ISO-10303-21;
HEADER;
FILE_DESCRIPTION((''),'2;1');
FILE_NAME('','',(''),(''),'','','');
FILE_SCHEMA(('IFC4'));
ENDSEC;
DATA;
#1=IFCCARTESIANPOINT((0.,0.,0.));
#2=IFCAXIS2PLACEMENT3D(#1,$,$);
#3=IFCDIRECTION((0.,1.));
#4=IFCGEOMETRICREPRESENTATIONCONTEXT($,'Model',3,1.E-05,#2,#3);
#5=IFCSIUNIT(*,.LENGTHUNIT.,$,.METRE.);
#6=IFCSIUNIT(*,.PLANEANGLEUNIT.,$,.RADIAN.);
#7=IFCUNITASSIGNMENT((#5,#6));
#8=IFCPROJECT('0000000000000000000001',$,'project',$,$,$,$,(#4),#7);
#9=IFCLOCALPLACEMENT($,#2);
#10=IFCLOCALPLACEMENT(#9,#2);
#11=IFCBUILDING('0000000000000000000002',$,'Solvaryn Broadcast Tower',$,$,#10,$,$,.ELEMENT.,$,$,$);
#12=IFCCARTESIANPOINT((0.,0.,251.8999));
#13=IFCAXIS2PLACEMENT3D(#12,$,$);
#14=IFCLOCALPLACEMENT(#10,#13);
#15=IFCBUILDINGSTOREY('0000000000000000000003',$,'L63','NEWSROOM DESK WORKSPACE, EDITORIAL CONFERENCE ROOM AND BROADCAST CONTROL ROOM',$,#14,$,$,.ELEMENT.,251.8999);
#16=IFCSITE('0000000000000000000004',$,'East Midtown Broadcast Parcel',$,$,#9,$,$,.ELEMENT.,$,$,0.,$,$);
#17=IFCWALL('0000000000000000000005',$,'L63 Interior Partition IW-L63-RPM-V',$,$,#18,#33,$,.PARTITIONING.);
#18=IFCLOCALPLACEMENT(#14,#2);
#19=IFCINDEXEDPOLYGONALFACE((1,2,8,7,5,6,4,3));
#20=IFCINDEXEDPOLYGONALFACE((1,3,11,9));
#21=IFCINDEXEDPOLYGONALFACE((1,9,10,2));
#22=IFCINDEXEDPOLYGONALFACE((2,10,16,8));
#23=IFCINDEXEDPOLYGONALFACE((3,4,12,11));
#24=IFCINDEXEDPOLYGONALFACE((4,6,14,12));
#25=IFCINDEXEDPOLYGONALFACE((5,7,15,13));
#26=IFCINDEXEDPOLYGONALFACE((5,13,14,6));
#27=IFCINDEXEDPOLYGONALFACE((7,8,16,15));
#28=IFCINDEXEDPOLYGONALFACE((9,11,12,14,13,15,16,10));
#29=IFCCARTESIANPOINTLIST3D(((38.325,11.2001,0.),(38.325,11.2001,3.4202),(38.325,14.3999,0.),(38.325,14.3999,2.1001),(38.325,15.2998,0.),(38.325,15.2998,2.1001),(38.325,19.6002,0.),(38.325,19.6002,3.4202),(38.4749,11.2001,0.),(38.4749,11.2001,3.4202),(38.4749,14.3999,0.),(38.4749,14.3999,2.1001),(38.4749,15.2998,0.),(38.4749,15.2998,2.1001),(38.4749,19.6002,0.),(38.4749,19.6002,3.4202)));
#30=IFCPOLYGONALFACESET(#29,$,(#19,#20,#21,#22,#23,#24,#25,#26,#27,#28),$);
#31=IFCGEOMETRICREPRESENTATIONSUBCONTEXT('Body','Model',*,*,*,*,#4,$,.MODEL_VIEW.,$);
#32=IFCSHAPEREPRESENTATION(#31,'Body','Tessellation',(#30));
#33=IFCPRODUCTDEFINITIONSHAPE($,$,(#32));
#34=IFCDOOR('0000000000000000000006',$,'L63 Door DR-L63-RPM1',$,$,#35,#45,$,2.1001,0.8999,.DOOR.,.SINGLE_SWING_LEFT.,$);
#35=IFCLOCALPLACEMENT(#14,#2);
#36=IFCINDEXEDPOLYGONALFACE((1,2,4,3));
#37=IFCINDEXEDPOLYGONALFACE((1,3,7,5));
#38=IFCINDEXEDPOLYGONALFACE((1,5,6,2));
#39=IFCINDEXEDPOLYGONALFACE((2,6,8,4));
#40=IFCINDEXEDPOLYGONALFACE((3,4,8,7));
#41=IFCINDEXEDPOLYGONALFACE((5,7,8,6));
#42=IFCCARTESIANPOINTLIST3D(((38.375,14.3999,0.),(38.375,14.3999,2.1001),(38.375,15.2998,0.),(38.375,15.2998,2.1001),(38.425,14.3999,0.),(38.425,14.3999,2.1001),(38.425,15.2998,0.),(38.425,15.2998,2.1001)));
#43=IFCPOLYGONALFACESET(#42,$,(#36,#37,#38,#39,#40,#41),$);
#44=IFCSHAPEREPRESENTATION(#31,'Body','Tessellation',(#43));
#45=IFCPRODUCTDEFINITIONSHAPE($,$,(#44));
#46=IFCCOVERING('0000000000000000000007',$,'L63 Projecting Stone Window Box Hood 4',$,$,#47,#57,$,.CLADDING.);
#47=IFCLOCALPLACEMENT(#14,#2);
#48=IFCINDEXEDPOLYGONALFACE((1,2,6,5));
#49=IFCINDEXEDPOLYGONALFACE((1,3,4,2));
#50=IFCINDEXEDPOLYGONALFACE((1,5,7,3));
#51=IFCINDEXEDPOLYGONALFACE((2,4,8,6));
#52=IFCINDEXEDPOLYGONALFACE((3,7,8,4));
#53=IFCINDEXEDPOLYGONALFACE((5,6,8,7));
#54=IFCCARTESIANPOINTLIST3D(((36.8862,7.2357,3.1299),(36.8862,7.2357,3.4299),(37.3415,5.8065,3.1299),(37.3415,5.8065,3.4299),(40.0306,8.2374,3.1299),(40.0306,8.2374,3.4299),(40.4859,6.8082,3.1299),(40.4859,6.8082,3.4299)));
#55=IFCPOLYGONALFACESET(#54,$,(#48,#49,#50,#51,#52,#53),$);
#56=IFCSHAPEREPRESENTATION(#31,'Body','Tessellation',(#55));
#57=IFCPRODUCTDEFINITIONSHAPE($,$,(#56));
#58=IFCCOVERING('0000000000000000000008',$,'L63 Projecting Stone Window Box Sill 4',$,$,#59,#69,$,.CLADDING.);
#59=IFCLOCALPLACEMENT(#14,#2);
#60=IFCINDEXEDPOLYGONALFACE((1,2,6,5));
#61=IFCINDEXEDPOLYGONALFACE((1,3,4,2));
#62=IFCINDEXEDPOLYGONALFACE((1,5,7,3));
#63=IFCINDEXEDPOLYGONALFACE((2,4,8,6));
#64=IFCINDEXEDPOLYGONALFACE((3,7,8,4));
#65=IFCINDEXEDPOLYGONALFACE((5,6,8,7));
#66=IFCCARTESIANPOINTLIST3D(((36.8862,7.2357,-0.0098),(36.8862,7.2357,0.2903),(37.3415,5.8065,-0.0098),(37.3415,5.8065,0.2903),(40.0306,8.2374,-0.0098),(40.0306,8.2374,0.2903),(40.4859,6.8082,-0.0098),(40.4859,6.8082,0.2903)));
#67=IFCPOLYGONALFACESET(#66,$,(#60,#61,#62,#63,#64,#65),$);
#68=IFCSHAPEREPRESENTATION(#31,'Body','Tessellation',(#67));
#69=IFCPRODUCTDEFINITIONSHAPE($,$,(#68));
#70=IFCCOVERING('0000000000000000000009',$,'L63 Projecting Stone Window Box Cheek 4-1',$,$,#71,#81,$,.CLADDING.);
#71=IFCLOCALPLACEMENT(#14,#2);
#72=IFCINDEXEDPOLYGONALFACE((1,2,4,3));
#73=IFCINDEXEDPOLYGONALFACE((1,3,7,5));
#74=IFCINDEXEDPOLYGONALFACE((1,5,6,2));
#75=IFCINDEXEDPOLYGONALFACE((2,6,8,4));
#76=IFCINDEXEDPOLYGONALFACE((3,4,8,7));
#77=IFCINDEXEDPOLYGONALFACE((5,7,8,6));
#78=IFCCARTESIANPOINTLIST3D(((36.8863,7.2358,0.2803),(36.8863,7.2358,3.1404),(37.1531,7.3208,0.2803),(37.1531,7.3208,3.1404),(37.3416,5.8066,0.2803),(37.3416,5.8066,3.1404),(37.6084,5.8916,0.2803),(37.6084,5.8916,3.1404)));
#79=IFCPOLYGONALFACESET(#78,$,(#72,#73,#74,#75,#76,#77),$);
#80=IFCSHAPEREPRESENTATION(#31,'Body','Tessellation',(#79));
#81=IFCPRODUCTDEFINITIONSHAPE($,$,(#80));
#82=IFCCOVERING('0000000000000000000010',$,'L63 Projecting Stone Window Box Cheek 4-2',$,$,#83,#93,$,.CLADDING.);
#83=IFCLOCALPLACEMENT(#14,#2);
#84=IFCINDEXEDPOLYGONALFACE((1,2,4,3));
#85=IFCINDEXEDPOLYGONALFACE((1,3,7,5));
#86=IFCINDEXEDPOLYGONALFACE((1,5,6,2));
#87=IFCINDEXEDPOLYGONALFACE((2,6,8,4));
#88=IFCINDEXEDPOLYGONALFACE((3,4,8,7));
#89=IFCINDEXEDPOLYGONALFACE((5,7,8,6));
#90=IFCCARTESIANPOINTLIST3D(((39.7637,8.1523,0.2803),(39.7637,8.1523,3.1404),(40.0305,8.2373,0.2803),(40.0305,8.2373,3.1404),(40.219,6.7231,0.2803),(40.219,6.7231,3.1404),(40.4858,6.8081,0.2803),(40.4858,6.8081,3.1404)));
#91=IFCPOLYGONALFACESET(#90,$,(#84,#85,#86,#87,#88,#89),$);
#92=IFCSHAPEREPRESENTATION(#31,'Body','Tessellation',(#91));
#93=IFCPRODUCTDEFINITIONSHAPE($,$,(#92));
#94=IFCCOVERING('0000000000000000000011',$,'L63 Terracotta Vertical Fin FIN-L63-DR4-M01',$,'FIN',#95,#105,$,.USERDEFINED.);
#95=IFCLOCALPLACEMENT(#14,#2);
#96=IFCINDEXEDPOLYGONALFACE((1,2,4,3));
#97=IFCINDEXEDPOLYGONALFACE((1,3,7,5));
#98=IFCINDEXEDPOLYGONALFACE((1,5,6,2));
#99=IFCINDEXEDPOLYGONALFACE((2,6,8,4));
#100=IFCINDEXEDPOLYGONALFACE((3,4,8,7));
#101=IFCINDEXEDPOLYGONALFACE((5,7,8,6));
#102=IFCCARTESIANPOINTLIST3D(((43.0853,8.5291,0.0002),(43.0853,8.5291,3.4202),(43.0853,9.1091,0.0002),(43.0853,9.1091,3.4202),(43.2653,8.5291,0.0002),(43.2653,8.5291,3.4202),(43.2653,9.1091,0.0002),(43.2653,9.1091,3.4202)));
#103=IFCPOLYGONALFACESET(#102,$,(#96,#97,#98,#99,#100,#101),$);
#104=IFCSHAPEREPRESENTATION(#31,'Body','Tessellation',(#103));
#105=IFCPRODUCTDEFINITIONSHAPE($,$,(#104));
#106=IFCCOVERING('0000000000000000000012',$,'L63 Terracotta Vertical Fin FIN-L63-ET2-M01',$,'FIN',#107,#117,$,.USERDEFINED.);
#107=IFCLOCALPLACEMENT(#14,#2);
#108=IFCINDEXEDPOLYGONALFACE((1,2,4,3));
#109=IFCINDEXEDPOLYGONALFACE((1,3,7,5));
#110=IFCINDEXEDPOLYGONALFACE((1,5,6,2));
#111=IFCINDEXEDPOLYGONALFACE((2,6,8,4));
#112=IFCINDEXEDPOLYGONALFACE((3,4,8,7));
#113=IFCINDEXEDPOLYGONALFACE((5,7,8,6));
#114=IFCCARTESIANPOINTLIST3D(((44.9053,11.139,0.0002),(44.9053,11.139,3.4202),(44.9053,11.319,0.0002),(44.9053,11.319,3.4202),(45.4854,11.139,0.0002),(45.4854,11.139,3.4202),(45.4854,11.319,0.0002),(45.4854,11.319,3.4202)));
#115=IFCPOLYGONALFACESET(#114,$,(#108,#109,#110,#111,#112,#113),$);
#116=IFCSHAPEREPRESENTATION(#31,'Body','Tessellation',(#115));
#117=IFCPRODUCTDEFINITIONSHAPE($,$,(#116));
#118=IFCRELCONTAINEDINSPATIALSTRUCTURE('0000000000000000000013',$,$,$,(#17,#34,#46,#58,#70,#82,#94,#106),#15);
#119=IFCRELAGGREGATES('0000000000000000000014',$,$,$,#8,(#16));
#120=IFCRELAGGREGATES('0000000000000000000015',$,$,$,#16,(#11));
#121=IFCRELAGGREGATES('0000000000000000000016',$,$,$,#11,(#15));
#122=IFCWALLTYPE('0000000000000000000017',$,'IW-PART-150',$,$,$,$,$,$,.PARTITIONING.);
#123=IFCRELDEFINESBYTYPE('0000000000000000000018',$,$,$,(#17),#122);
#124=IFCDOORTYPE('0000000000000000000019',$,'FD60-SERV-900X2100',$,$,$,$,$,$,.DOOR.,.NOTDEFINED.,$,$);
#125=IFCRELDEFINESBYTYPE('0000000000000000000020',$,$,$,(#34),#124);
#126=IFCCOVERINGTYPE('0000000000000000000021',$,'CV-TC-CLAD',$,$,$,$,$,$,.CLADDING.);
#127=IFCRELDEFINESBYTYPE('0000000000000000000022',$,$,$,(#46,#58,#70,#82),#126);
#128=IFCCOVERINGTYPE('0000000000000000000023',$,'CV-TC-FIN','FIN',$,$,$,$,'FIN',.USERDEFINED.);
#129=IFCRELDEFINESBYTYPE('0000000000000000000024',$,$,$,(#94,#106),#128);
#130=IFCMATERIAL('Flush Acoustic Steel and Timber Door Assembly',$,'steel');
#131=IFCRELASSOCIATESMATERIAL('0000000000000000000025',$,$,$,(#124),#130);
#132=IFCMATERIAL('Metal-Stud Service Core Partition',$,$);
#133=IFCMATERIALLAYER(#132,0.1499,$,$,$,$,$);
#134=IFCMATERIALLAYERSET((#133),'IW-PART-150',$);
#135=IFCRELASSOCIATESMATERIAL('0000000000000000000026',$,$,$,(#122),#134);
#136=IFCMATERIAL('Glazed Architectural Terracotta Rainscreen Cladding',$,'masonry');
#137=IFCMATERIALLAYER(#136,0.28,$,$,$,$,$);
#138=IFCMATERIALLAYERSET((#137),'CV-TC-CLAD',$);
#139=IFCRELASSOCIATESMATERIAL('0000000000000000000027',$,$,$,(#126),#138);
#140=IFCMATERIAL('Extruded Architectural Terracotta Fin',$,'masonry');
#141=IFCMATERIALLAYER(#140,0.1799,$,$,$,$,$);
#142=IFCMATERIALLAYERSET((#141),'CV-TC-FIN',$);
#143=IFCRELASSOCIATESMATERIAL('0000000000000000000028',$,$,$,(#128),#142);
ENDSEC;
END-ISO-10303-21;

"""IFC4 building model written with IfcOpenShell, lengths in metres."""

from ifc_helpers import new_model, si_unit, direction, frame, frame_2d, origin, origin_2d, place, context, subcontext, project, spatial, rectangle, extrude, material, layer, layer_set, type_object, element, fill, save


model = new_model("IFC4")

# Units and contexts
model_context = context("Model", 3, precision=1e-05, world=origin(), true_north=direction((0.0, 1.0)))
body_context = subcontext(model_context, "Body", "Model", "MODEL_VIEW")
ifc_project = project(units=[si_unit("LENGTHUNIT", "METRE"), si_unit("PLANEANGLEUNIT", "RADIAN")], contexts=[model_context])

# Site, building, storey
site_placement = place(None, origin())
site = spatial("IfcSite", under=ifc_project, at=site_placement, Name="East Midtown Broadcast Parcel", CompositionType="ELEMENT", RefElevation=0.0)
building_placement = place(site_placement, origin())
building = spatial("IfcBuilding", under=site, at=building_placement, Name="Solvaryn Broadcast Tower", CompositionType="ELEMENT")
storey_placement = place(building_placement, frame((0.0, 0.0, 251.8999)))
storey = spatial("IfcBuildingStorey", under=building, at=storey_placement, Name="L63", Description="NEWSROOM DESK WORKSPACE, EDITORIAL CONFERENCE ROOM AND BROADCAST CONTROL ROOM", CompositionType="ELEMENT", Elevation=251.8999)

# Shared definitions
ifc_material_1 = material(Name="Flush Acoustic Steel and Timber Door Assembly", Category="steel")
door_type = type_object("IfcDoorType", Name="FD60-SERV-900X2100", OperationType="NOTDEFINED", PredefinedType="DOOR", material=ifc_material_1)

# Wall, opening, door
ifc_material_2 = material(Name="Metal-Stud Service Core Partition")
ifc_layer_1 = layer(ifc_material_2, 0.1499)
ifc_layer_set_1 = layer_set([ifc_layer_1], Name="IW-PART-150")
wall_type_1 = type_object("IfcWallType", Name="IW-PART-150", PredefinedType="PARTITIONING", material=ifc_layer_set_1)
wall_1_placement = place(storey_placement, frame((38.3999, 11.2, 0.0), z_axis=(0.0, 0.0, 1.0), x_axis=(0.0, 1.0, 0.0)))
wall_1 = element("IfcWall", 1, at=wall_1_placement, inside=storey, type_object=wall_type_1, Name="L63 Interior Partition IW-L63-RPM-V", PredefinedType="PARTITIONING", context=body_context, shape_type="SweptSolid", body=[
    extrude(rectangle(XDim=8.4001, YDim=0.1499, at=frame_2d((4.2002, 0.0))), origin(), (0.0, 0.0, 1.0), 3.4202),
])
opening_1_placement = place(wall_1_placement, frame((3.2, 0.0, 0.0)))
opening_1 = element("IfcOpeningElement", 2, at=opening_1_placement, cuts=wall_1, PredefinedType="OPENING", context=body_context, shape_type="SweptSolid", body=[
    extrude(rectangle(XDim=0.8999, YDim=2.1001, at=frame_2d((0.45, 1.05))), frame((0.0, 0.085, 0.0), z_axis=(0.0, -1.0, 0.0), x_axis=(1.0, 0.0, 0.0)), (0.0, 0.0, 1.0), 0.1699),
])
door_1_placement = place(opening_1_placement, origin())
door_1 = element("IfcDoor", 3, at=door_1_placement, inside=storey, type_object=door_type, Name="L63 Door DR-L63-RPM1", OperationType="SINGLE_SWING_LEFT", OverallHeight=2.1001, OverallWidth=0.8999, PredefinedType="DOOR", context=body_context, shape_type="SweptSolid", body=[
    extrude(rectangle(XDim=0.8999, YDim=2.1001, at=frame_2d((0.45, 1.05))), frame((0.0, 0.0249, 0.0), z_axis=(0.0, -1.0, 0.0), x_axis=(1.0, 0.0, 0.0)), (0.0, 0.0, 1.0), 0.05),
])
fill(opening_1, door_1)

# Coverings
ifc_material_3 = material(Name="Glazed Architectural Terracotta Rainscreen Cladding", Category="masonry")
ifc_layer_2 = layer(ifc_material_3, 0.28)
ifc_layer_set_2 = layer_set([ifc_layer_2], Name="CV-TC-CLAD")
covering_type_1 = type_object("IfcCoveringType", Name="CV-TC-CLAD", PredefinedType="CLADDING", material=ifc_layer_set_2)
for number, where, z_axis, x_axis, name in (
    (4, (38.686, 7.022, 3.1299), (0.0, 0.0, 1.0), (0.952821, 0.303534, 0.0), "L63 Projecting Stone Window Box Hood 4"),
    (5, (38.686, 7.022, -0.0098), (0.0, 0.0, 1.0), (0.952821, 0.303534, 0.0), "L63 Projecting Stone Window Box Sill 4"),
):
    element("IfcCovering", number, at=place(storey_placement, frame(where, z_axis=z_axis, x_axis=x_axis)), inside=storey, type_object=covering_type_1, Name=name, PredefinedType="CLADDING", context=body_context, shape_type="SweptSolid", body=[
        extrude(rectangle(XDim=3.3, YDim=1.5, at=origin_2d()), origin(), (0.0, 0.0, 1.0), 0.3),
    ])
for number, where, z_axis, x_axis, name in (
    (6, (37.2473, 6.5637, 0.2803), (0.0, 0.0, 1.0), (0.952821, 0.303534, 0.0), "L63 Projecting Stone Window Box Cheek 4-1"),
    (7, (40.1248, 7.4802, 0.2803), (0.0, 0.0, 1.0), (0.952821, 0.303534, 0.0), "L63 Projecting Stone Window Box Cheek 4-2"),
):
    element("IfcCovering", number, at=place(storey_placement, frame(where, z_axis=z_axis, x_axis=x_axis)), inside=storey, type_object=covering_type_1, Name=name, PredefinedType="CLADDING", context=body_context, shape_type="SweptSolid", body=[
        extrude(rectangle(XDim=0.28, YDim=1.5, at=origin_2d()), origin(), (0.0, 0.0, 1.0), 2.8601),
    ])
ifc_material_4 = material(Name="Extruded Architectural Terracotta Fin", Category="masonry")
ifc_layer_3 = layer(ifc_material_4, 0.1799)
ifc_layer_set_3 = layer_set([ifc_layer_3], Name="CV-TC-FIN")
covering_type_2 = type_object("IfcCoveringType", Name="CV-TC-FIN", Description="FIN", ElementType="FIN", PredefinedType="USERDEFINED", material=ifc_layer_set_3)
covering_1_placement = place(storey_placement, frame((43.1753, 8.8191, 0.0002), z_axis=(0.0, 0.0, 1.0), x_axis=(1.0, 0.0, 0.0)))
element("IfcCovering", 8, at=covering_1_placement, inside=storey, type_object=covering_type_2, Name="L63 Terracotta Vertical Fin FIN-L63-DR4-M01", ObjectType="FIN", PredefinedType="USERDEFINED", context=body_context, shape_type="SweptSolid", body=[
    extrude(rectangle(XDim=0.1799, YDim=0.5801, at=origin_2d()), origin(), (0.0, 0.0, 1.0), 3.4199),
])
covering_2_placement = place(storey_placement, frame((45.1953, 11.229, 0.0002), z_axis=(0.0, 0.0, 1.0), x_axis=(1.0, 0.0, 0.0)))
element("IfcCovering", 9, at=covering_2_placement, inside=storey, type_object=covering_type_2, Name="L63 Terracotta Vertical Fin FIN-L63-ET2-M01", ObjectType="FIN", PredefinedType="USERDEFINED", context=body_context, shape_type="SweptSolid", body=[
    extrude(rectangle(XDim=0.5801, YDim=0.1799, at=origin_2d()), origin(), (0.0, 0.0, 1.0), 3.4199),
])

save(model, "model.ifc")
